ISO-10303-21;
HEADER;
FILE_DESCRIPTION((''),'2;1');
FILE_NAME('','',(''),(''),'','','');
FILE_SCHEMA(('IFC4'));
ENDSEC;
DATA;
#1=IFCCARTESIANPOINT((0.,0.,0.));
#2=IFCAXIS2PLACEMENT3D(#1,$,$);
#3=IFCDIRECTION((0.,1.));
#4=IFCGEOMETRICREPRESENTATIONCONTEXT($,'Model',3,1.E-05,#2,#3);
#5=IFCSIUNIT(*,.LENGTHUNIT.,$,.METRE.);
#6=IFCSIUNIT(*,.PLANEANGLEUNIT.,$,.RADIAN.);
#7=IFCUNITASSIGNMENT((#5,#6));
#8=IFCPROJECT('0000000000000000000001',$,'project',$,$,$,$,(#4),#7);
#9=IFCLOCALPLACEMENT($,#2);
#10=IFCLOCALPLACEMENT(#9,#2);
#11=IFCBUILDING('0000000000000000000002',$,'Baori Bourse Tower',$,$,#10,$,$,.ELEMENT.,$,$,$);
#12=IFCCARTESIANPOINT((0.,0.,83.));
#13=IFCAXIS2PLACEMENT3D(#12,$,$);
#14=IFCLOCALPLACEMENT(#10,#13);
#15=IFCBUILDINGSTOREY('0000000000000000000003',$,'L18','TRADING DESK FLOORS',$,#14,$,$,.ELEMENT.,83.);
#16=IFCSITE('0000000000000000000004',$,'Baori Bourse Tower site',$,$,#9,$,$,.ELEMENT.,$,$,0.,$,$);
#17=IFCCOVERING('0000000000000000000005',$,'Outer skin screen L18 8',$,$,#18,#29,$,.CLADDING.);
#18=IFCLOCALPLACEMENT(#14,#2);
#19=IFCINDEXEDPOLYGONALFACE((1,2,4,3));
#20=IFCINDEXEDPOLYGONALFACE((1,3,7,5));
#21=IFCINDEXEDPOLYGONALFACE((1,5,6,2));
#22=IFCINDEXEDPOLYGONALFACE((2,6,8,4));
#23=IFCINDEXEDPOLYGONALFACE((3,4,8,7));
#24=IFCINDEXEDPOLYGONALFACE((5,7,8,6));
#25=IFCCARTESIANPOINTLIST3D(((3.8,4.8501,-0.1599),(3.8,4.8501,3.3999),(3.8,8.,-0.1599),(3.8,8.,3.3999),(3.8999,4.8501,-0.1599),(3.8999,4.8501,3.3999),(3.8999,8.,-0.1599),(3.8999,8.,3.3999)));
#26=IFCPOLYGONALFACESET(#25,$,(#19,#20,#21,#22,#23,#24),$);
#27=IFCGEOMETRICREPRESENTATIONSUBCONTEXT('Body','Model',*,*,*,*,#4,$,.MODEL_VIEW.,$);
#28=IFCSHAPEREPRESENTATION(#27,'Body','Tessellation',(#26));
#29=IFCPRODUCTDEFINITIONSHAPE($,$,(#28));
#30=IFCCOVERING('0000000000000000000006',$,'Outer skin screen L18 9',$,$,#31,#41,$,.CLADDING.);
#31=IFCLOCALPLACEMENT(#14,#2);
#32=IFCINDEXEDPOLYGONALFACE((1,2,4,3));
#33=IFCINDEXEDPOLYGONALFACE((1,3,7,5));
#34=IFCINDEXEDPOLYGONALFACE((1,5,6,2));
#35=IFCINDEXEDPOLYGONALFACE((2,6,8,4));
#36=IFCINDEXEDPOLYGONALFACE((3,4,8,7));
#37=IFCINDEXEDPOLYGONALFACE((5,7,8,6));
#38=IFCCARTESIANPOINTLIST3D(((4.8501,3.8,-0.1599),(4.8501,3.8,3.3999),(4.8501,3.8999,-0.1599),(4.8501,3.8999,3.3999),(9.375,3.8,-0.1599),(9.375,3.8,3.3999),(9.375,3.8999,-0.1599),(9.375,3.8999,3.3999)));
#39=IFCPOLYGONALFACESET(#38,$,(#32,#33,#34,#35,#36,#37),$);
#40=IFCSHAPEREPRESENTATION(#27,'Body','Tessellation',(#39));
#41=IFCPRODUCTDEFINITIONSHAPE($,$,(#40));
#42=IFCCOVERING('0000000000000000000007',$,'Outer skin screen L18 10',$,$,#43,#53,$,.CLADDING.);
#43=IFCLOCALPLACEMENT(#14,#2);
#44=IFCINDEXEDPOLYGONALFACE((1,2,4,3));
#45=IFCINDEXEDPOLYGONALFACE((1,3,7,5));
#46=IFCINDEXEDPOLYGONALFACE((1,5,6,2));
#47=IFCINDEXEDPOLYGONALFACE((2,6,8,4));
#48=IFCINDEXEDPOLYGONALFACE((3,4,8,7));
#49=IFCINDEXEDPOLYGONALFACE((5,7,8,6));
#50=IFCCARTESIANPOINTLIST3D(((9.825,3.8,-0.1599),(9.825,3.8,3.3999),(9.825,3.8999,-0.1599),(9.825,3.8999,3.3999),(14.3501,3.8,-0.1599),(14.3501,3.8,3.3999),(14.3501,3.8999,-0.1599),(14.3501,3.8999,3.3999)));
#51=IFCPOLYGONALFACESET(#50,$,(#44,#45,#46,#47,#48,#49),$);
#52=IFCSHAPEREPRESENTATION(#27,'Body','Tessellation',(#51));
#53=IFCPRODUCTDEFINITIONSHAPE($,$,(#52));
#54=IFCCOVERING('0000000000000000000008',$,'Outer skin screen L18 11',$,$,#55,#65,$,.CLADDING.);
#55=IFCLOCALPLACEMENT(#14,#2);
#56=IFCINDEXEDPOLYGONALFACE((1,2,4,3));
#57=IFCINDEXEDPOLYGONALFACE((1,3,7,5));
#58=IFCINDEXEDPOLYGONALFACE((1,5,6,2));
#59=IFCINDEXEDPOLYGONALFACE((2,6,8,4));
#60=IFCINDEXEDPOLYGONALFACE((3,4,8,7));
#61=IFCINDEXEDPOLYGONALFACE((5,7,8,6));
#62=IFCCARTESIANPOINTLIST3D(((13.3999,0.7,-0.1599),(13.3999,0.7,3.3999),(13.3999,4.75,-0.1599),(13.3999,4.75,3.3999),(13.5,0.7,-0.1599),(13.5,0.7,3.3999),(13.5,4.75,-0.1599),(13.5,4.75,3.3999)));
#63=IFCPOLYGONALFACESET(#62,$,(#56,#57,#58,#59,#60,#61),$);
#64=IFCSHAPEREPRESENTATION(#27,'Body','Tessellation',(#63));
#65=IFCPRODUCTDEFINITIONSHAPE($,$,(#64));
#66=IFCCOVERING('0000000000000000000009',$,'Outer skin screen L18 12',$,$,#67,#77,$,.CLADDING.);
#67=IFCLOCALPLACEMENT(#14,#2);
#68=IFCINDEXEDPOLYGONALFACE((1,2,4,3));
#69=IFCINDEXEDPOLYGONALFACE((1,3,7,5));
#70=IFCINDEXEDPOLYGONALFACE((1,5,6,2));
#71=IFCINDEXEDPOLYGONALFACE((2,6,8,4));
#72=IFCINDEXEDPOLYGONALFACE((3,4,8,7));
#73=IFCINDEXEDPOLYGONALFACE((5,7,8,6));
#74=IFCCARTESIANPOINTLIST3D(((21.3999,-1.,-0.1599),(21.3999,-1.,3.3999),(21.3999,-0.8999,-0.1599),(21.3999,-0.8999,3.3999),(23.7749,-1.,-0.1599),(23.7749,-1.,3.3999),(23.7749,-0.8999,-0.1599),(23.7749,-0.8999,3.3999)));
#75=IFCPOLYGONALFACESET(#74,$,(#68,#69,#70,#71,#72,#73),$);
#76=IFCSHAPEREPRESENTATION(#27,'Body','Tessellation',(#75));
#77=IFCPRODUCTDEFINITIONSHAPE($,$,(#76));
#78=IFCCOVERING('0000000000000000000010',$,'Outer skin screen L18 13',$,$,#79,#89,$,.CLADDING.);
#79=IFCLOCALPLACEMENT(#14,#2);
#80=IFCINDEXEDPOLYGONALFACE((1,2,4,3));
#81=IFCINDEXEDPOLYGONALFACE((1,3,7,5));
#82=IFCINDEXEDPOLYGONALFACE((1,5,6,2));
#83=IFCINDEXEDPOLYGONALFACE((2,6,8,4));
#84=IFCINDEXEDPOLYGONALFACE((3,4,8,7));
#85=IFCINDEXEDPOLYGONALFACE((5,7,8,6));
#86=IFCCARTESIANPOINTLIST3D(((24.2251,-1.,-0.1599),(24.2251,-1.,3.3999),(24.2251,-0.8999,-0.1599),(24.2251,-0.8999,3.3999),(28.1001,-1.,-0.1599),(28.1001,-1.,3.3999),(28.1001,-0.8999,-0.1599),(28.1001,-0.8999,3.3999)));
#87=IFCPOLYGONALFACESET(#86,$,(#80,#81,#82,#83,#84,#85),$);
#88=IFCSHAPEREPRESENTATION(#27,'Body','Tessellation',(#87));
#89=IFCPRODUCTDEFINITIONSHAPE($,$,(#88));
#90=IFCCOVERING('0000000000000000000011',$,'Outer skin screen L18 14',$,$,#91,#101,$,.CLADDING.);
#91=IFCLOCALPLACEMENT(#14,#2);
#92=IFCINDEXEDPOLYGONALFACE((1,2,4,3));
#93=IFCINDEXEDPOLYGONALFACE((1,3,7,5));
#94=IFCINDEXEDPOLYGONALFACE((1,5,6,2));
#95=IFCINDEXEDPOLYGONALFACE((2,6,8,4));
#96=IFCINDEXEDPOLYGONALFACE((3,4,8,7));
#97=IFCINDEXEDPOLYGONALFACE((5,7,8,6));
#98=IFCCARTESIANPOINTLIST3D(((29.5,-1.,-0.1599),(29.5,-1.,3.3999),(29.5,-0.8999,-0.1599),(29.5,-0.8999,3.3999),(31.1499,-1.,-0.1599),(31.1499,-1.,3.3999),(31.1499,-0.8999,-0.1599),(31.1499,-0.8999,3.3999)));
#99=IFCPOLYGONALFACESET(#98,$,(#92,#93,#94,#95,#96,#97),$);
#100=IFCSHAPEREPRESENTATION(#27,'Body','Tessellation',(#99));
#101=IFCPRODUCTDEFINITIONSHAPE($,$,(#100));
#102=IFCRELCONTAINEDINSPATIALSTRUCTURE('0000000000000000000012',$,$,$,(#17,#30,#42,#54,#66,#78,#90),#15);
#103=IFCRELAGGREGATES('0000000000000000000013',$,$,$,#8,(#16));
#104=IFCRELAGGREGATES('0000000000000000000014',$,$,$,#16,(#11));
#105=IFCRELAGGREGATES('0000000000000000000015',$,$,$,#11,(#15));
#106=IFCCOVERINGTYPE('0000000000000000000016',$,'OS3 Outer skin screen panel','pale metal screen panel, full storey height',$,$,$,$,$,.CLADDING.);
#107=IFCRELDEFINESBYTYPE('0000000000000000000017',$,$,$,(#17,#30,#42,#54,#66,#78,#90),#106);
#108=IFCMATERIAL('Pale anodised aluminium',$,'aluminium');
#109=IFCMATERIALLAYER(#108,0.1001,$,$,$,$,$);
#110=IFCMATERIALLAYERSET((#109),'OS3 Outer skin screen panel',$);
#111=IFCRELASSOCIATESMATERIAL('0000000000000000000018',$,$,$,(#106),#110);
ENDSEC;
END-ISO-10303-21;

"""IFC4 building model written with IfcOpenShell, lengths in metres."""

from ifc_helpers import new_model, si_unit, direction, frame, origin, place, context, subcontext, project, spatial, polyline, outline, extrude, material, layer, layer_set, type_object, element, save


model = new_model("IFC4")

# Units and contexts
model_context = context("Model", 3, precision=1e-05, world=origin(), true_north=direction((0.0, 1.0)))
body_context = subcontext(model_context, "Body", "Model", "MODEL_VIEW")
ifc_project = project(units=[si_unit("LENGTHUNIT", "METRE"), si_unit("PLANEANGLEUNIT", "RADIAN")], contexts=[model_context])

# Site, building, storey
site_placement = place(None, origin())
site = spatial("IfcSite", under=ifc_project, at=site_placement, Name="Baori Bourse Tower site", CompositionType="ELEMENT", RefElevation=0.0)
building_placement = place(site_placement, origin())
building = spatial("IfcBuilding", under=site, at=building_placement, Name="Baori Bourse Tower", CompositionType="ELEMENT")
storey_placement = place(building_placement, frame((0.0, 0.0, 83.0)))
storey = spatial("IfcBuildingStorey", under=building, at=storey_placement, Name="L18", Description="TRADING DESK FLOORS", CompositionType="ELEMENT", Elevation=83.0)

# Coverings
ifc_material_1 = material(Name="Pale anodised aluminium", Category="aluminium")
ifc_layer_1 = layer(ifc_material_1, 0.1001)
ifc_layer_set_1 = layer_set([ifc_layer_1], Name="OS3 Outer skin screen panel")
covering_type = type_object("IfcCoveringType", Name="OS3 Outer skin screen panel", Description="pale metal screen panel, full storey height", PredefinedType="CLADDING", material=ifc_layer_set_1)
covering_1_placement = place(storey_placement, frame((0.0, 0.0, -0.1599)))
element("IfcCovering", 1, at=covering_1_placement, inside=storey, type_object=covering_type, Name="Outer skin screen L18 8", PredefinedType="CLADDING", context=body_context, shape_type="SweptSolid", body=[
    extrude(outline(polyline([(3.8999, 4.8501), (3.8999, 8.0), (3.8999, 8.0), (3.8, 8.0), (3.8, 4.8501), (3.8999, 4.8501)])), origin(), (0.0, 0.0, 1.0), 3.5598),
])
covering_2_placement = place(storey_placement, frame((0.0, 0.0, -0.1599)))
element("IfcCovering", 2, at=covering_2_placement, inside=storey, type_object=covering_type, Name="Outer skin screen L18 9", PredefinedType="CLADDING", context=body_context, shape_type="SweptSolid", body=[
    extrude(outline(polyline([(9.375, 3.8999), (4.8501, 3.8999), (4.8501, 3.8), (9.375, 3.8), (9.375, 3.8999)])), origin(), (0.0, 0.0, 1.0), 3.5598),
])
covering_3_placement = place(storey_placement, frame((0.0, 0.0, -0.1599)))
element("IfcCovering", 3, at=covering_3_placement, inside=storey, type_object=covering_type, Name="Outer skin screen L18 10", PredefinedType="CLADDING", context=body_context, shape_type="SweptSolid", body=[
    extrude(outline(polyline([(14.3501, 3.8999), (9.825, 3.8999), (9.825, 3.8), (14.3501, 3.8), (14.3501, 3.8999)])), origin(), (0.0, 0.0, 1.0), 3.5598),
])
covering_4_placement = place(storey_placement, frame((0.0, 0.0, -0.1599)))
element("IfcCovering", 4, at=covering_4_placement, inside=storey, type_object=covering_type, Name="Outer skin screen L18 11", PredefinedType="CLADDING", context=body_context, shape_type="SweptSolid", body=[
    extrude(outline(polyline([(13.5, 0.7), (13.5, 4.75), (13.3999, 4.75), (13.3999, 0.7), (13.5, 0.7)])), origin(), (0.0, 0.0, 1.0), 3.5598),
])
covering_5_placement = place(storey_placement, frame((0.0, 0.0, -0.1599)))
element("IfcCovering", 5, at=covering_5_placement, inside=storey, type_object=covering_type, Name="Outer skin screen L18 12", PredefinedType="CLADDING", context=body_context, shape_type="SweptSolid", body=[
    extrude(outline(polyline([(23.7749, -0.8999), (21.3999, -0.8999), (21.3999, -1.0), (23.7749, -1.0), (23.7749, -0.8999)])), origin(), (0.0, 0.0, 1.0), 3.5598),
])
covering_6_placement = place(storey_placement, frame((0.0, 0.0, -0.1599)))
element("IfcCovering", 6, at=covering_6_placement, inside=storey, type_object=covering_type, Name="Outer skin screen L18 13", PredefinedType="CLADDING", context=body_context, shape_type="SweptSolid", body=[
    extrude(outline(polyline([(28.1001, -0.8999), (24.2251, -0.8999), (24.2251, -1.0), (28.1001, -1.0), (28.1001, -0.8999)])), origin(), (0.0, 0.0, 1.0), 3.5598),
])
covering_7_placement = place(storey_placement, frame((0.0, 0.0, -0.1599)))
element("IfcCovering", 7, at=covering_7_placement, inside=storey, type_object=covering_type, Name="Outer skin screen L18 14", PredefinedType="CLADDING", context=body_context, shape_type="SweptSolid", body=[
    extrude(outline(polyline([(31.1499, -0.8999), (29.5, -0.8999), (29.5, -1.0), (31.1499, -1.0), (31.1499, -0.8999)])), origin(), (0.0, 0.0, 1.0), 3.5598),
])

save(model, "model.ifc")
